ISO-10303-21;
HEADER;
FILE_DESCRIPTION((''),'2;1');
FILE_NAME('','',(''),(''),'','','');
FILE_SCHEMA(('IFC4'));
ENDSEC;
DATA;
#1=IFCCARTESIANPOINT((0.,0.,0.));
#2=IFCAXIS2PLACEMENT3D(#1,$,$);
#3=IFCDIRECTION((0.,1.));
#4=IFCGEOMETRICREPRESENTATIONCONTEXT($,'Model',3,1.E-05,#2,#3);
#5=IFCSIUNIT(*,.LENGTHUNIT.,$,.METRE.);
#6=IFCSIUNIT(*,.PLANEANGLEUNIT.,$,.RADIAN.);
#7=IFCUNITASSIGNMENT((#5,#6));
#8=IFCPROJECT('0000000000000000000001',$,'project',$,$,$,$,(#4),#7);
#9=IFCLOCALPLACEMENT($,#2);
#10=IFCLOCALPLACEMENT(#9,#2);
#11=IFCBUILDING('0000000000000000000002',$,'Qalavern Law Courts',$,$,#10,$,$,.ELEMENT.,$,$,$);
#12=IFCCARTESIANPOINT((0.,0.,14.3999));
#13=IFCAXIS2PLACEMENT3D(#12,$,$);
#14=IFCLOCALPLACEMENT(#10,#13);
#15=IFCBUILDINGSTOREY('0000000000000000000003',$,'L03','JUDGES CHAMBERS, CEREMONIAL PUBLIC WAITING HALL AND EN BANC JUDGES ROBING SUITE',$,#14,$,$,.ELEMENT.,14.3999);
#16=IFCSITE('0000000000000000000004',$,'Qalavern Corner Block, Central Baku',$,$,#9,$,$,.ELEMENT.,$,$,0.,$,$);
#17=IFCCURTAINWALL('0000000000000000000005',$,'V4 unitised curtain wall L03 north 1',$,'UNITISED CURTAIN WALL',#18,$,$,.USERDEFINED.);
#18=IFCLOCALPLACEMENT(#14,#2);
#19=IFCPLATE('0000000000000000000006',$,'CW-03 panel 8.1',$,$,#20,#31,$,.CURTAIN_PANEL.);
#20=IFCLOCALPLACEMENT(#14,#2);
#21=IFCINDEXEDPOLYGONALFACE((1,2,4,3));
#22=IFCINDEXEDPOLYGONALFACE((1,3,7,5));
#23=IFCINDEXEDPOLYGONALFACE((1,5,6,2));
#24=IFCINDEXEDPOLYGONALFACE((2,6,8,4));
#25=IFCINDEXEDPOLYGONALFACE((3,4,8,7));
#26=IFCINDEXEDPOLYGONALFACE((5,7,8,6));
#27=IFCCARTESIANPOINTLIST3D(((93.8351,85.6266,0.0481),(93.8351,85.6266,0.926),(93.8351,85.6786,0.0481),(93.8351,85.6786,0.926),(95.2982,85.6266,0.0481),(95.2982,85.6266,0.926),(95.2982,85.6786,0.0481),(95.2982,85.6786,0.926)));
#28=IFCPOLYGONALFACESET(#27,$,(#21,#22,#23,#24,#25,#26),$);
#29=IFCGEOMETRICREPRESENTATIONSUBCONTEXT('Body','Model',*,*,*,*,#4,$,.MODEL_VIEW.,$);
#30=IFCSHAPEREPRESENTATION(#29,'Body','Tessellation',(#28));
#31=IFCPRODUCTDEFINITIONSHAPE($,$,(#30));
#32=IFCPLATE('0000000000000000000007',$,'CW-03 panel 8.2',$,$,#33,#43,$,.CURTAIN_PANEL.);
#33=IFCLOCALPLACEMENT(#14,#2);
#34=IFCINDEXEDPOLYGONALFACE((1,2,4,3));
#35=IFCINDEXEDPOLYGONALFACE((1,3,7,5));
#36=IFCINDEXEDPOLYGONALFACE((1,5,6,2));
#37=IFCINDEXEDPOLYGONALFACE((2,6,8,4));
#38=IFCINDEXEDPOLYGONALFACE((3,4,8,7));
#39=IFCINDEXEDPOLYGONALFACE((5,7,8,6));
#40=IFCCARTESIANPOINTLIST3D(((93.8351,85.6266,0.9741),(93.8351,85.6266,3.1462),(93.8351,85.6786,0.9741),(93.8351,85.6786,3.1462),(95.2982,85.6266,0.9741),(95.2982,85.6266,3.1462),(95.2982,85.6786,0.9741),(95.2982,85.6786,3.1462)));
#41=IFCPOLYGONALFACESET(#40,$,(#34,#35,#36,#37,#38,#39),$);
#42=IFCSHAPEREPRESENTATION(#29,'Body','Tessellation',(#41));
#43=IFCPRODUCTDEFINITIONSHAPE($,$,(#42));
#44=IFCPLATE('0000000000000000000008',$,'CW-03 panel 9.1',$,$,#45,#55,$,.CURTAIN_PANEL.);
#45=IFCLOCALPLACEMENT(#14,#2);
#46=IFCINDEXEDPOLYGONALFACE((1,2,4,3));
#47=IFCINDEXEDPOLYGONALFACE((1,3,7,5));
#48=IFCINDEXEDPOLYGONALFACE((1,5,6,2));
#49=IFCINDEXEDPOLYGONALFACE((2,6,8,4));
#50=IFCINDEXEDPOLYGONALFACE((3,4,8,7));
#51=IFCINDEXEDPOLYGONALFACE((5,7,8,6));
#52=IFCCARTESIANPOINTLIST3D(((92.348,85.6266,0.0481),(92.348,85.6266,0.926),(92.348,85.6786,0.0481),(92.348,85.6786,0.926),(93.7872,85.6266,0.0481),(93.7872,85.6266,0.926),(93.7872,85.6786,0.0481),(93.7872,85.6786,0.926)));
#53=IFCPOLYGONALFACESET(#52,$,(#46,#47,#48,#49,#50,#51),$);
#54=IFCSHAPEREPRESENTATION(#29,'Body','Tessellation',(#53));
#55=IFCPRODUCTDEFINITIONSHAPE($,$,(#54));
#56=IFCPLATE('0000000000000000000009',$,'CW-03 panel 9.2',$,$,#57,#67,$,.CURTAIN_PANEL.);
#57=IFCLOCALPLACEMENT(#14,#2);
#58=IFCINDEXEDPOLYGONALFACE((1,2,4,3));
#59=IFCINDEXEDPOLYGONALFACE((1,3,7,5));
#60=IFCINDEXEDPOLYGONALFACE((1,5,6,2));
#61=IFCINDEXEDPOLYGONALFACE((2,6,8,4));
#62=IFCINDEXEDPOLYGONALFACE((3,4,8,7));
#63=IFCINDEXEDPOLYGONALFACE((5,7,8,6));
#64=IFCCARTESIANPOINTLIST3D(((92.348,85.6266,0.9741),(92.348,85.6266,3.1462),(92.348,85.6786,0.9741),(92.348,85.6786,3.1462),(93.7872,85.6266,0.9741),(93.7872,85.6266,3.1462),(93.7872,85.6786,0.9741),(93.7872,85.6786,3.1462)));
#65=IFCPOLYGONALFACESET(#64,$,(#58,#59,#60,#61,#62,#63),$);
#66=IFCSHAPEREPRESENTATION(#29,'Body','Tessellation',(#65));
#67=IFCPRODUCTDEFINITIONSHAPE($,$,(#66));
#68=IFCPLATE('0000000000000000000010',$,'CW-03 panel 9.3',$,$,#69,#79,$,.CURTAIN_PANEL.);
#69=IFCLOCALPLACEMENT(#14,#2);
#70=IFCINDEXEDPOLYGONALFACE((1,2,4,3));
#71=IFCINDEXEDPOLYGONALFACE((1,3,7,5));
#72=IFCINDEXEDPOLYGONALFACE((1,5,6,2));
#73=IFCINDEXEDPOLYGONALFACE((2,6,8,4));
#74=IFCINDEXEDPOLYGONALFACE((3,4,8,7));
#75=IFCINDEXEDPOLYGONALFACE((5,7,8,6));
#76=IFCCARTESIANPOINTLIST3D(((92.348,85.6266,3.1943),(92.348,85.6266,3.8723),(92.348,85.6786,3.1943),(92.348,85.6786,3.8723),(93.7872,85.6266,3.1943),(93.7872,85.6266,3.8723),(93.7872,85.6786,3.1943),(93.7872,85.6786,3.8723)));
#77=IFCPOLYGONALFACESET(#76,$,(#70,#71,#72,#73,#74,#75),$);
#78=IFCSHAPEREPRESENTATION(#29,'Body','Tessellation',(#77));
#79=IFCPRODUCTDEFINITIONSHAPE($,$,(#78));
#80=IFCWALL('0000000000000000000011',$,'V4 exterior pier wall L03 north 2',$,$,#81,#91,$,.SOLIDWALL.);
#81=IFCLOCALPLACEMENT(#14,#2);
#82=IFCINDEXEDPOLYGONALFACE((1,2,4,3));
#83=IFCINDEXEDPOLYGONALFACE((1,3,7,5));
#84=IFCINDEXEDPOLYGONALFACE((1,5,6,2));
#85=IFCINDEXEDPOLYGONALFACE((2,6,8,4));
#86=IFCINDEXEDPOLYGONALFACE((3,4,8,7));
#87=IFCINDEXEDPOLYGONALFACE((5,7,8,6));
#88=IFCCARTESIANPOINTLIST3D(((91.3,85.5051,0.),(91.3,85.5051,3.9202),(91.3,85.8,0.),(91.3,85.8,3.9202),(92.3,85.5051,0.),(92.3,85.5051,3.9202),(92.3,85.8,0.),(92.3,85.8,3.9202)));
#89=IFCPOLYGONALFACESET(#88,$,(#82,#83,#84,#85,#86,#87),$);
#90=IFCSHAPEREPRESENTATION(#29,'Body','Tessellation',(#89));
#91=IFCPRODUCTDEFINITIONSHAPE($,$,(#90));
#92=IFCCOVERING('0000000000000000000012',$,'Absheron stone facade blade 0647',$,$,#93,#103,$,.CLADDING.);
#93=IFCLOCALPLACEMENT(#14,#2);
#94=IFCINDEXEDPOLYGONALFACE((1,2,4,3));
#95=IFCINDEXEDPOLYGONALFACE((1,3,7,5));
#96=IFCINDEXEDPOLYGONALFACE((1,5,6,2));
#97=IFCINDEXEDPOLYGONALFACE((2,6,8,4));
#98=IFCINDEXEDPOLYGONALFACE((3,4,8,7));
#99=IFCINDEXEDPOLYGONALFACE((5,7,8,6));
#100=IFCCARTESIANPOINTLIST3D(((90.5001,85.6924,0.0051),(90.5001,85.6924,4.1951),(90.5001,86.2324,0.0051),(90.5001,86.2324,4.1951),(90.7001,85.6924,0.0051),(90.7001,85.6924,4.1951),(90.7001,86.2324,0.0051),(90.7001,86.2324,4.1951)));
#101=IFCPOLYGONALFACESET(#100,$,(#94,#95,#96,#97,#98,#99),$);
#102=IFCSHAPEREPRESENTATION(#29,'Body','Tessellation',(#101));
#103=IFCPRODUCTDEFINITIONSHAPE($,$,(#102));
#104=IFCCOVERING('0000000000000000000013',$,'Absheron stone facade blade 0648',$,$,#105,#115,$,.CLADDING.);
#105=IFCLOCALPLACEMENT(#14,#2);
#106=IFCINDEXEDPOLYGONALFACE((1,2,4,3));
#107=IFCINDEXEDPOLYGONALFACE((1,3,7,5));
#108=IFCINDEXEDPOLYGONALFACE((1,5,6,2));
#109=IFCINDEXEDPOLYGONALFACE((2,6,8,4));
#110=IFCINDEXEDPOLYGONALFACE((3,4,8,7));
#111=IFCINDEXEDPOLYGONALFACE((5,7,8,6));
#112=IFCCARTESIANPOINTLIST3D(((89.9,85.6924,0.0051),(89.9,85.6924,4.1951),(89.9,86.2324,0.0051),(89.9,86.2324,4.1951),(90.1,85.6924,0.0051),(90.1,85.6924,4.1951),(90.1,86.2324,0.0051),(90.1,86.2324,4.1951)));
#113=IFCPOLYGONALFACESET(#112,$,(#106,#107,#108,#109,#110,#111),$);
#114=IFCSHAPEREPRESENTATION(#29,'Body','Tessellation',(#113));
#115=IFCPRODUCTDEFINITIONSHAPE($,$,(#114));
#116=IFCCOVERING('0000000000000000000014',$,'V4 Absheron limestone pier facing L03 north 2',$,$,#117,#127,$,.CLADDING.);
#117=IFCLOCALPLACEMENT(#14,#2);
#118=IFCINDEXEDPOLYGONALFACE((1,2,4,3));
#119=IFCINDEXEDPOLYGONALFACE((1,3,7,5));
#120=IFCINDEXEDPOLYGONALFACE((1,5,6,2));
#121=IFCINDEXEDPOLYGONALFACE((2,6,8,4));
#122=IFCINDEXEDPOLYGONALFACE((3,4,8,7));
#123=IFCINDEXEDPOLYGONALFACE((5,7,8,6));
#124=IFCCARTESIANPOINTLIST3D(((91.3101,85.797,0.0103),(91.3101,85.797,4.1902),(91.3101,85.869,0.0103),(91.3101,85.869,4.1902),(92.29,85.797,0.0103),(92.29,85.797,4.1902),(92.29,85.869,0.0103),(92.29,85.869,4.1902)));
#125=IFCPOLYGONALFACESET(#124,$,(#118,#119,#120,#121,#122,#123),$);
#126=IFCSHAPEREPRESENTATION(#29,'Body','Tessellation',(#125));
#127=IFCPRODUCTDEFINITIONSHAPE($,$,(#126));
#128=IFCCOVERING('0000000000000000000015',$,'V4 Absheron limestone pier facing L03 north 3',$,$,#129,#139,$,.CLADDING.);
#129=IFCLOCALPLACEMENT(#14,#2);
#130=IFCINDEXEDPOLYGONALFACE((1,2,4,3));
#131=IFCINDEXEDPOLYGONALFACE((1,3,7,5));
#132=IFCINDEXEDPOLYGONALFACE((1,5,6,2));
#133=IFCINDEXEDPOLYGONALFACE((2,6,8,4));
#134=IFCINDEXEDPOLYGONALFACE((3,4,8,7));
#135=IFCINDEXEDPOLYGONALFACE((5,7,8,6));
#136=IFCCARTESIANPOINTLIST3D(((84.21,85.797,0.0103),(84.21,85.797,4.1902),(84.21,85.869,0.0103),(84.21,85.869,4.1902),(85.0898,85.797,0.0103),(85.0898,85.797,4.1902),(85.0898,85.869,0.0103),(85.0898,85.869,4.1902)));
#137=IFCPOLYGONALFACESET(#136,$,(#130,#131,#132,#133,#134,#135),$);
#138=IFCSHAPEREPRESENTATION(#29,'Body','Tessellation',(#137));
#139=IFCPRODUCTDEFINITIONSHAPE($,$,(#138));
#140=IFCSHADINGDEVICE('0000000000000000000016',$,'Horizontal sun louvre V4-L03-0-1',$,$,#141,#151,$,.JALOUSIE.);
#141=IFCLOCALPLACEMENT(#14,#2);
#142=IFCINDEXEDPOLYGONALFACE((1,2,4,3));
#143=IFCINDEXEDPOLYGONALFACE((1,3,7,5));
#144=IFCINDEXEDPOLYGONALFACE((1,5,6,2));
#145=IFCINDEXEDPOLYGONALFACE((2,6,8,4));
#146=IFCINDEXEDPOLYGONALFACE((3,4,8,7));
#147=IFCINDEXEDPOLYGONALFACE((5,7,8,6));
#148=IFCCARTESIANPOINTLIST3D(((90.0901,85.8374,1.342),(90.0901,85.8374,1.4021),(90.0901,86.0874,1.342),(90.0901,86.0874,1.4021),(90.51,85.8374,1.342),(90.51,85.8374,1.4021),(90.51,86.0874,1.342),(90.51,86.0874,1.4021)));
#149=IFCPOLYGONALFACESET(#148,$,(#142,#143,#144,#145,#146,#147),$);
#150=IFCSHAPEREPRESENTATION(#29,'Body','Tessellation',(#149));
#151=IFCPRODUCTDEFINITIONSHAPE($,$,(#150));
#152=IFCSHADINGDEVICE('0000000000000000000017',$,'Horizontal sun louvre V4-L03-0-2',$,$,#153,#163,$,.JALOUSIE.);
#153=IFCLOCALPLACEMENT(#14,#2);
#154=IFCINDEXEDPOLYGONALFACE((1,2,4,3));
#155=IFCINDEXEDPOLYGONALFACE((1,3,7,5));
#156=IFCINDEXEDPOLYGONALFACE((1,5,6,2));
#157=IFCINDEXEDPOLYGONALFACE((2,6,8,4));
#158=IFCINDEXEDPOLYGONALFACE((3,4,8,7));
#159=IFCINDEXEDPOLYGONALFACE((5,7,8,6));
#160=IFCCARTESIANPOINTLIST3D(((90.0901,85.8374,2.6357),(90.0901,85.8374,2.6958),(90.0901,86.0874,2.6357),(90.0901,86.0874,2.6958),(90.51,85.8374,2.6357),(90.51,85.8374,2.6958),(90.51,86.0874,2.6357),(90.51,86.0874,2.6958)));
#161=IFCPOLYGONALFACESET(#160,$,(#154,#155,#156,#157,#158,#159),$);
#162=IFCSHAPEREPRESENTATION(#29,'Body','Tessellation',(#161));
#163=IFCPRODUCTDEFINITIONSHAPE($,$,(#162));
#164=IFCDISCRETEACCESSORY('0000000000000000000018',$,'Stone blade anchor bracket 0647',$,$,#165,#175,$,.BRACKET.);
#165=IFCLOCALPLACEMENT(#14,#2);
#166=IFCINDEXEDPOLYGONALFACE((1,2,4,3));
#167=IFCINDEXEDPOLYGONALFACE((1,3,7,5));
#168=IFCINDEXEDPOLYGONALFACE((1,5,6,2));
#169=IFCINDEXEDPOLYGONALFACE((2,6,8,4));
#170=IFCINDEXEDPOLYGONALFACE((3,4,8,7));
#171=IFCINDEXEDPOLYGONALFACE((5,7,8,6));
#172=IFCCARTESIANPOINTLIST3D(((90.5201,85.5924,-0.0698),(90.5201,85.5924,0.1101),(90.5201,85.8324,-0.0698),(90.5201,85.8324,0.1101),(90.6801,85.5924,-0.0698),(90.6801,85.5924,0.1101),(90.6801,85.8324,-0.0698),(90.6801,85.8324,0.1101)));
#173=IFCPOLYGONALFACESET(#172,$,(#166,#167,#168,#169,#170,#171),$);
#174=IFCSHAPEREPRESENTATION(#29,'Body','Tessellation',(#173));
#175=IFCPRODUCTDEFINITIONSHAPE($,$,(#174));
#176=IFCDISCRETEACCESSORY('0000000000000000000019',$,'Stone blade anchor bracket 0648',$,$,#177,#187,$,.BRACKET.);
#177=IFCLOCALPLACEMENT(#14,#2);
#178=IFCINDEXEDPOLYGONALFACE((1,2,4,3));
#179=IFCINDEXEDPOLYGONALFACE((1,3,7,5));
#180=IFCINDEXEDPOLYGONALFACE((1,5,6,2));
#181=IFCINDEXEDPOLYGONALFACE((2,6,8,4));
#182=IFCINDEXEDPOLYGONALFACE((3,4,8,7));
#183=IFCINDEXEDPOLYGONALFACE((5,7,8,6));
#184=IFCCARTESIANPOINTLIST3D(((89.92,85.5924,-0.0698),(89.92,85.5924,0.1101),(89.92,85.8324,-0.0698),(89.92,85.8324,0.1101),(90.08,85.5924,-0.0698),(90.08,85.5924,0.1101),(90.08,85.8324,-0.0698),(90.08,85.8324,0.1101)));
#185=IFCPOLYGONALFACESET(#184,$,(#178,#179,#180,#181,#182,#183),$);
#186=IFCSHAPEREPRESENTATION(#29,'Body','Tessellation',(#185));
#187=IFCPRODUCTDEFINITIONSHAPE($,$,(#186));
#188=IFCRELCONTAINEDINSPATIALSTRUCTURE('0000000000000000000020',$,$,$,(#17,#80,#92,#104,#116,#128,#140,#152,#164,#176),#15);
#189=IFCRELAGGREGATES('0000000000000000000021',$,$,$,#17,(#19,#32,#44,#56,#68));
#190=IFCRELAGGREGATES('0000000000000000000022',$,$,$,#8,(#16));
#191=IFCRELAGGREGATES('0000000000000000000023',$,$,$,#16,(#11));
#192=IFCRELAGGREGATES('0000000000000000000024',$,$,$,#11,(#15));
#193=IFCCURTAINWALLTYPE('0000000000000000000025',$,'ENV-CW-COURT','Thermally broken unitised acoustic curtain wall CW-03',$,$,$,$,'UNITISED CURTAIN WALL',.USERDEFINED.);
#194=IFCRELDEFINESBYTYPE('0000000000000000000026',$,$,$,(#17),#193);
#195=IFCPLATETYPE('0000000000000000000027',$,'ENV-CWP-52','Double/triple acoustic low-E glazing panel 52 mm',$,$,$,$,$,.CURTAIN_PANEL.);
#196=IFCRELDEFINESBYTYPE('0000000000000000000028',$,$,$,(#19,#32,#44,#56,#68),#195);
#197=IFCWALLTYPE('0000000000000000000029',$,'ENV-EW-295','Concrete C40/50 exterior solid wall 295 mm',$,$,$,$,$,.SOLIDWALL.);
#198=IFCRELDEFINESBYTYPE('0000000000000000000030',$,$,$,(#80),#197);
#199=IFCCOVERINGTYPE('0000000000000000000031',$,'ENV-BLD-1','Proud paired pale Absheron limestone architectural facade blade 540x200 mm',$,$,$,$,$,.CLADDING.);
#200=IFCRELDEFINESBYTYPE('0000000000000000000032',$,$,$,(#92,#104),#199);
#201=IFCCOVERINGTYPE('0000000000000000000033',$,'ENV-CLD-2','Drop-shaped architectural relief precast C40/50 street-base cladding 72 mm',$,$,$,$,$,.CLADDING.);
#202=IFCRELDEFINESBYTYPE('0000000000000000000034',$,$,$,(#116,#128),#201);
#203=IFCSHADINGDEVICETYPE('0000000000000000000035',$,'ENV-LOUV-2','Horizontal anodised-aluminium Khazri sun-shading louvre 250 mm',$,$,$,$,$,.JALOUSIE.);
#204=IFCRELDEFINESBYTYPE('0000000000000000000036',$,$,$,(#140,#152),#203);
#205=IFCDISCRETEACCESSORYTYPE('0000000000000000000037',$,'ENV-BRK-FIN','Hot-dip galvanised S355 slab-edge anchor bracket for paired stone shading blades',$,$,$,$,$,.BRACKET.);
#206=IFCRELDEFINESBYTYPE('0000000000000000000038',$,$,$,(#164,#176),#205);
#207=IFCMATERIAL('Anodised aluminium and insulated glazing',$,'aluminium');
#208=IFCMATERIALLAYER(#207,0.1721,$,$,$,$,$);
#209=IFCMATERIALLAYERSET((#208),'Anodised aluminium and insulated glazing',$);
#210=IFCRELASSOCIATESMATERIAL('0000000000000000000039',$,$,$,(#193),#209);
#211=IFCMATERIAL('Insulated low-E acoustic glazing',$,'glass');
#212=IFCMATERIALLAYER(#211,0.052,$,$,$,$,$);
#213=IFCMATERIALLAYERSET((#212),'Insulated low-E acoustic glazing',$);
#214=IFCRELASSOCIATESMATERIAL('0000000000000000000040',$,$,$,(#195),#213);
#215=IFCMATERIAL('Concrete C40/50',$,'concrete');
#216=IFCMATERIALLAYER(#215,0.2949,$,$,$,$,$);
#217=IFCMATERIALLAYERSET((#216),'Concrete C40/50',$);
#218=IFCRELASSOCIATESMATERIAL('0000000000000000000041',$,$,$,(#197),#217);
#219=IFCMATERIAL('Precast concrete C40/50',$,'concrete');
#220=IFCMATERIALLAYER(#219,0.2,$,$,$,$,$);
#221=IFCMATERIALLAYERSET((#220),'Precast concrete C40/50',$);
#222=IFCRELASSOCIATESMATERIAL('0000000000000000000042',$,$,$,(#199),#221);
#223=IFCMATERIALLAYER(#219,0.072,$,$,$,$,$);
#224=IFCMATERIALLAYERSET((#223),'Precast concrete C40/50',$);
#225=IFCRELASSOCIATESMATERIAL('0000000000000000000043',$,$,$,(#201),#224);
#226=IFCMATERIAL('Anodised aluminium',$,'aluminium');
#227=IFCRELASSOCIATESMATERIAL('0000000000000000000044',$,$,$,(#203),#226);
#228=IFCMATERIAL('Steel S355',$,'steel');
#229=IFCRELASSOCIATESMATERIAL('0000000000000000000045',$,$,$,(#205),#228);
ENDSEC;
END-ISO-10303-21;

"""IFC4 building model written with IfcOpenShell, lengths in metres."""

from ifc_helpers import new_model, si_unit, direction, frame, frame_2d, origin, origin_2d, place, context, subcontext, project, spatial, rectangle, extrude, material, layer, layer_set, type_object, element, aggregate, save


model = new_model("IFC4")

# Units and contexts
model_context = context("Model", 3, precision=1e-05, world=origin(), true_north=direction((0.0, 1.0)))
body_context = subcontext(model_context, "Body", "Model", "MODEL_VIEW")
ifc_project = project(units=[si_unit("LENGTHUNIT", "METRE"), si_unit("PLANEANGLEUNIT", "RADIAN")], contexts=[model_context])

# Site, building, storey
site_placement = place(None, origin())
site = spatial("IfcSite", under=ifc_project, at=site_placement, Name="Qalavern Corner Block, Central Baku", CompositionType="ELEMENT", RefElevation=0.0)
building_placement = place(site_placement, origin())
building = spatial("IfcBuilding", under=site, at=building_placement, Name="Qalavern Law Courts", CompositionType="ELEMENT")
storey_placement = place(building_placement, frame((0.0, 0.0, 14.3999)))
storey = spatial("IfcBuildingStorey", under=building, at=storey_placement, Name="L03", Description="JUDGES CHAMBERS, CEREMONIAL PUBLIC WAITING HALL AND EN BANC JUDGES ROBING SUITE", CompositionType="ELEMENT", Elevation=14.3999)

# Curtain wall
ifc_material_1 = material(Name="Anodised aluminium and insulated glazing", Category="aluminium")
ifc_layer_1 = layer(ifc_material_1, 0.1721)
ifc_layer_set_1 = layer_set([ifc_layer_1], Name="Anodised aluminium and insulated glazing")
curtain_wall_type = type_object("IfcCurtainWallType", Name="ENV-CW-COURT", Description="Thermally broken unitised acoustic curtain wall CW-03", ElementType="UNITISED CURTAIN WALL", PredefinedType="USERDEFINED", material=ifc_layer_set_1)
curtain_wall_1_placement = place(storey_placement, origin())
curtain_wall_1 = element("IfcCurtainWall", 1, at=curtain_wall_1_placement, inside=storey, type_object=curtain_wall_type, Name="V4 unitised curtain wall L03 north 1", ObjectType="UNITISED CURTAIN WALL", PredefinedType="USERDEFINED")
ifc_material_2 = material(Name="Anodised aluminium", Category="aluminium")

# Plates
ifc_material_3 = material(Name="Insulated low-E acoustic glazing", Category="glass")
ifc_layer_2 = layer(ifc_material_3, 0.052)
ifc_layer_set_2 = layer_set([ifc_layer_2], Name="Insulated low-E acoustic glazing")
plate_type_1 = type_object("IfcPlateType", Name="ENV-CWP-52", Description="Double/triple acoustic low-E glazing panel 52 mm", PredefinedType="CURTAIN_PANEL", material=ifc_layer_set_2)
plate_1_placement = place(storey_placement, frame((94.5667, 85.6526, 0.0481), z_axis=(0.0, 0.0, 1.0), x_axis=(-1.0, 0.0, 0.0)))
plate_1 = element("IfcPlate", 2, at=plate_1_placement, type_object=plate_type_1, Name="CW-03 panel 8.1", PredefinedType="CURTAIN_PANEL", context=body_context, shape_type="SweptSolid", body=[
    extrude(rectangle(XDim=1.4631, YDim=0.052, at=origin_2d()), origin(), (0.0, 0.0, 1.0), 0.8779),
])
plate_2_placement = place(storey_placement, frame((94.5667, 85.6526, 0.9741), z_axis=(0.0, 0.0, 1.0), x_axis=(-1.0, 0.0, 0.0)))
plate_2 = element("IfcPlate", 3, at=plate_2_placement, type_object=plate_type_1, Name="CW-03 panel 8.2", PredefinedType="CURTAIN_PANEL", context=body_context, shape_type="SweptSolid", body=[
    extrude(rectangle(XDim=1.4631, YDim=0.052, at=origin_2d()), origin(), (0.0, 0.0, 1.0), 2.1721),
])
plate_3_placement = place(storey_placement, frame((93.0676, 85.6526, 0.0481), z_axis=(0.0, 0.0, 1.0), x_axis=(-1.0, 0.0, 0.0)))
plate_3 = element("IfcPlate", 4, at=plate_3_placement, type_object=plate_type_1, Name="CW-03 panel 9.1", PredefinedType="CURTAIN_PANEL", context=body_context, shape_type="SweptSolid", body=[
    extrude(rectangle(XDim=1.4392, YDim=0.052, at=origin_2d()), origin(), (0.0, 0.0, 1.0), 0.8779),
])
plate_4_placement = place(storey_placement, frame((93.0676, 85.6526, 0.9741), z_axis=(0.0, 0.0, 1.0), x_axis=(-1.0, 0.0, 0.0)))
plate_4 = element("IfcPlate", 5, at=plate_4_placement, type_object=plate_type_1, Name="CW-03 panel 9.2", PredefinedType="CURTAIN_PANEL", context=body_context, shape_type="SweptSolid", body=[
    extrude(rectangle(XDim=1.4392, YDim=0.052, at=origin_2d()), origin(), (0.0, 0.0, 1.0), 2.1721),
])
plate_5_placement = place(storey_placement, frame((93.0676, 85.6526, 3.1943), z_axis=(0.0, 0.0, 1.0), x_axis=(-1.0, 0.0, 0.0)))
plate_5 = element("IfcPlate", 6, at=plate_5_placement, type_object=plate_type_1, Name="CW-03 panel 9.3", PredefinedType="CURTAIN_PANEL", context=body_context, shape_type="SweptSolid", body=[
    extrude(rectangle(XDim=1.4392, YDim=0.052, at=origin_2d()), origin(), (0.0, 0.0, 1.0), 0.678),
])
aggregate(curtain_wall_1, [plate_1, plate_2, plate_3, plate_4, plate_5])

# Wall
ifc_material_4 = material(Name="Concrete C40/50", Category="concrete")
ifc_layer_3 = layer(ifc_material_4, 0.2949)
ifc_layer_set_3 = layer_set([ifc_layer_3], Name="Concrete C40/50")
wall_type = type_object("IfcWallType", Name="ENV-EW-295", Description="Concrete C40/50 exterior solid wall 295 mm", PredefinedType="SOLIDWALL", material=ifc_layer_set_3)
wall_placement = place(storey_placement, frame((92.3, 85.6526, 0.0), z_axis=(0.0, 0.0, 1.0), x_axis=(-1.0, 0.0, 0.0)))
element("IfcWall", 7, at=wall_placement, inside=storey, type_object=wall_type, Name="V4 exterior pier wall L03 north 2", PredefinedType="SOLIDWALL", context=body_context, shape_type="SweptSolid", body=[
    extrude(rectangle(XDim=1.0, YDim=0.2949, at=frame_2d((0.5, 0.0))), origin(), (0.0, 0.0, 1.0), 3.9202),
])

# Coverings
ifc_material_5 = material(Name="Precast concrete C40/50", Category="concrete")
ifc_layer_4 = layer(ifc_material_5, 0.2)
ifc_layer_set_4 = layer_set([ifc_layer_4], Name="Precast concrete C40/50")
covering_type_1 = type_object("IfcCoveringType", Name="ENV-BLD-1", Description="Proud paired pale Absheron limestone architectural facade blade 540x200 mm", PredefinedType="CLADDING", material=ifc_layer_set_4)
for number, where, z_axis, x_axis, name in (
    (8, (90.6001, 85.9624, 0.0051), (0.0, 0.0, 1.0), (0.0, 1.0, 0.0), "Absheron stone facade blade 0647"),
    (9, (90.0, 85.9624, 0.0051), (0.0, 0.0, 1.0), (0.0, 1.0, 0.0), "Absheron stone facade blade 0648"),
):
    element("IfcCovering", number, at=place(storey_placement, frame(where, z_axis=z_axis, x_axis=x_axis)), inside=storey, type_object=covering_type_1, Name=name, PredefinedType="CLADDING", context=body_context, shape_type="SweptSolid", body=[
        extrude(rectangle(XDim=0.54, YDim=0.2, at=origin_2d()), origin(), (0.0, 0.0, 1.0), 4.1899),
    ])
ifc_layer_5 = layer(ifc_material_5, 0.072)
ifc_layer_set_5 = layer_set([ifc_layer_5], Name="Precast concrete C40/50")
covering_type_2 = type_object("IfcCoveringType", Name="ENV-CLD-2", Description="Drop-shaped architectural relief precast C40/50 street-base cladding 72 mm", PredefinedType="CLADDING", material=ifc_layer_set_5)
covering_1_placement = place(storey_placement, frame((91.8, 85.833, 0.0103), z_axis=(0.0, 0.0, 1.0), x_axis=(-1.0, 0.0, 0.0)))
element("IfcCovering", 10, at=covering_1_placement, inside=storey, type_object=covering_type_2, Name="V4 Absheron limestone pier facing L03 north 2", PredefinedType="CLADDING", context=body_context, shape_type="SweptSolid", body=[
    extrude(rectangle(XDim=0.98, YDim=0.072, at=origin_2d()), origin(), (0.0, 0.0, 1.0), 4.1799),
])
covering_2_placement = place(storey_placement, frame((84.6499, 85.833, 0.0103), z_axis=(0.0, 0.0, 1.0), x_axis=(-1.0, 0.0, 0.0)))
element("IfcCovering", 11, at=covering_2_placement, inside=storey, type_object=covering_type_2, Name="V4 Absheron limestone pier facing L03 north 3", PredefinedType="CLADDING", context=body_context, shape_type="SweptSolid", body=[
    extrude(rectangle(XDim=0.8799, YDim=0.072, at=origin_2d()), origin(), (0.0, 0.0, 1.0), 4.1799),
])

# Shading devices
shading_device_type = type_object("IfcShadingDeviceType", Name="ENV-LOUV-2", Description="Horizontal anodised-aluminium Khazri sun-shading louvre 250 mm", PredefinedType="JALOUSIE", material=ifc_material_2)
for number, where, z_axis, x_axis, name in (
    (12, (90.3, 85.9624, 1.342), (0.0, 0.0, 1.0), (-1.0, 0.0, 0.0), "Horizontal sun louvre V4-L03-0-1"),
    (13, (90.3, 85.9624, 2.6357), (0.0, 0.0, 1.0), (-1.0, 0.0, 0.0), "Horizontal sun louvre V4-L03-0-2"),
):
    element("IfcShadingDevice", number, at=place(storey_placement, frame(where, z_axis=z_axis, x_axis=x_axis)), inside=storey, type_object=shading_device_type, Name=name, PredefinedType="JALOUSIE", context=body_context, shape_type="SweptSolid", body=[
        extrude(rectangle(XDim=0.4199, YDim=0.25, at=origin_2d()), origin(), (0.0, 0.0, 1.0), 0.0601),
    ])

# Discrete accessories
ifc_material_6 = material(Name="Steel S355", Category="steel")
discrete_accessory_type = type_object("IfcDiscreteAccessoryType", Name="ENV-BRK-FIN", Description="Hot-dip galvanised S355 slab-edge anchor bracket for paired stone shading blades", PredefinedType="BRACKET", material=ifc_material_6)
for number, where, z_axis, x_axis, name in (
    (14, (90.6001, 85.7124, -0.0698), (0.0, 0.0, 1.0), (0.0, 1.0, 0.0), "Stone blade anchor bracket 0647"),
    (15, (90.0, 85.7124, -0.0698), (0.0, 0.0, 1.0), (0.0, 1.0, 0.0), "Stone blade anchor bracket 0648"),
):
    element("IfcDiscreteAccessory", number, at=place(storey_placement, frame(where, z_axis=z_axis, x_axis=x_axis)), inside=storey, type_object=discrete_accessory_type, Name=name, PredefinedType="BRACKET", context=body_context, shape_type="SweptSolid", body=[
        extrude(rectangle(XDim=0.24, YDim=0.1599, at=origin_2d()), origin(), (0.0, 0.0, 1.0), 0.1799),
    ])

save(model, "model.ifc")
